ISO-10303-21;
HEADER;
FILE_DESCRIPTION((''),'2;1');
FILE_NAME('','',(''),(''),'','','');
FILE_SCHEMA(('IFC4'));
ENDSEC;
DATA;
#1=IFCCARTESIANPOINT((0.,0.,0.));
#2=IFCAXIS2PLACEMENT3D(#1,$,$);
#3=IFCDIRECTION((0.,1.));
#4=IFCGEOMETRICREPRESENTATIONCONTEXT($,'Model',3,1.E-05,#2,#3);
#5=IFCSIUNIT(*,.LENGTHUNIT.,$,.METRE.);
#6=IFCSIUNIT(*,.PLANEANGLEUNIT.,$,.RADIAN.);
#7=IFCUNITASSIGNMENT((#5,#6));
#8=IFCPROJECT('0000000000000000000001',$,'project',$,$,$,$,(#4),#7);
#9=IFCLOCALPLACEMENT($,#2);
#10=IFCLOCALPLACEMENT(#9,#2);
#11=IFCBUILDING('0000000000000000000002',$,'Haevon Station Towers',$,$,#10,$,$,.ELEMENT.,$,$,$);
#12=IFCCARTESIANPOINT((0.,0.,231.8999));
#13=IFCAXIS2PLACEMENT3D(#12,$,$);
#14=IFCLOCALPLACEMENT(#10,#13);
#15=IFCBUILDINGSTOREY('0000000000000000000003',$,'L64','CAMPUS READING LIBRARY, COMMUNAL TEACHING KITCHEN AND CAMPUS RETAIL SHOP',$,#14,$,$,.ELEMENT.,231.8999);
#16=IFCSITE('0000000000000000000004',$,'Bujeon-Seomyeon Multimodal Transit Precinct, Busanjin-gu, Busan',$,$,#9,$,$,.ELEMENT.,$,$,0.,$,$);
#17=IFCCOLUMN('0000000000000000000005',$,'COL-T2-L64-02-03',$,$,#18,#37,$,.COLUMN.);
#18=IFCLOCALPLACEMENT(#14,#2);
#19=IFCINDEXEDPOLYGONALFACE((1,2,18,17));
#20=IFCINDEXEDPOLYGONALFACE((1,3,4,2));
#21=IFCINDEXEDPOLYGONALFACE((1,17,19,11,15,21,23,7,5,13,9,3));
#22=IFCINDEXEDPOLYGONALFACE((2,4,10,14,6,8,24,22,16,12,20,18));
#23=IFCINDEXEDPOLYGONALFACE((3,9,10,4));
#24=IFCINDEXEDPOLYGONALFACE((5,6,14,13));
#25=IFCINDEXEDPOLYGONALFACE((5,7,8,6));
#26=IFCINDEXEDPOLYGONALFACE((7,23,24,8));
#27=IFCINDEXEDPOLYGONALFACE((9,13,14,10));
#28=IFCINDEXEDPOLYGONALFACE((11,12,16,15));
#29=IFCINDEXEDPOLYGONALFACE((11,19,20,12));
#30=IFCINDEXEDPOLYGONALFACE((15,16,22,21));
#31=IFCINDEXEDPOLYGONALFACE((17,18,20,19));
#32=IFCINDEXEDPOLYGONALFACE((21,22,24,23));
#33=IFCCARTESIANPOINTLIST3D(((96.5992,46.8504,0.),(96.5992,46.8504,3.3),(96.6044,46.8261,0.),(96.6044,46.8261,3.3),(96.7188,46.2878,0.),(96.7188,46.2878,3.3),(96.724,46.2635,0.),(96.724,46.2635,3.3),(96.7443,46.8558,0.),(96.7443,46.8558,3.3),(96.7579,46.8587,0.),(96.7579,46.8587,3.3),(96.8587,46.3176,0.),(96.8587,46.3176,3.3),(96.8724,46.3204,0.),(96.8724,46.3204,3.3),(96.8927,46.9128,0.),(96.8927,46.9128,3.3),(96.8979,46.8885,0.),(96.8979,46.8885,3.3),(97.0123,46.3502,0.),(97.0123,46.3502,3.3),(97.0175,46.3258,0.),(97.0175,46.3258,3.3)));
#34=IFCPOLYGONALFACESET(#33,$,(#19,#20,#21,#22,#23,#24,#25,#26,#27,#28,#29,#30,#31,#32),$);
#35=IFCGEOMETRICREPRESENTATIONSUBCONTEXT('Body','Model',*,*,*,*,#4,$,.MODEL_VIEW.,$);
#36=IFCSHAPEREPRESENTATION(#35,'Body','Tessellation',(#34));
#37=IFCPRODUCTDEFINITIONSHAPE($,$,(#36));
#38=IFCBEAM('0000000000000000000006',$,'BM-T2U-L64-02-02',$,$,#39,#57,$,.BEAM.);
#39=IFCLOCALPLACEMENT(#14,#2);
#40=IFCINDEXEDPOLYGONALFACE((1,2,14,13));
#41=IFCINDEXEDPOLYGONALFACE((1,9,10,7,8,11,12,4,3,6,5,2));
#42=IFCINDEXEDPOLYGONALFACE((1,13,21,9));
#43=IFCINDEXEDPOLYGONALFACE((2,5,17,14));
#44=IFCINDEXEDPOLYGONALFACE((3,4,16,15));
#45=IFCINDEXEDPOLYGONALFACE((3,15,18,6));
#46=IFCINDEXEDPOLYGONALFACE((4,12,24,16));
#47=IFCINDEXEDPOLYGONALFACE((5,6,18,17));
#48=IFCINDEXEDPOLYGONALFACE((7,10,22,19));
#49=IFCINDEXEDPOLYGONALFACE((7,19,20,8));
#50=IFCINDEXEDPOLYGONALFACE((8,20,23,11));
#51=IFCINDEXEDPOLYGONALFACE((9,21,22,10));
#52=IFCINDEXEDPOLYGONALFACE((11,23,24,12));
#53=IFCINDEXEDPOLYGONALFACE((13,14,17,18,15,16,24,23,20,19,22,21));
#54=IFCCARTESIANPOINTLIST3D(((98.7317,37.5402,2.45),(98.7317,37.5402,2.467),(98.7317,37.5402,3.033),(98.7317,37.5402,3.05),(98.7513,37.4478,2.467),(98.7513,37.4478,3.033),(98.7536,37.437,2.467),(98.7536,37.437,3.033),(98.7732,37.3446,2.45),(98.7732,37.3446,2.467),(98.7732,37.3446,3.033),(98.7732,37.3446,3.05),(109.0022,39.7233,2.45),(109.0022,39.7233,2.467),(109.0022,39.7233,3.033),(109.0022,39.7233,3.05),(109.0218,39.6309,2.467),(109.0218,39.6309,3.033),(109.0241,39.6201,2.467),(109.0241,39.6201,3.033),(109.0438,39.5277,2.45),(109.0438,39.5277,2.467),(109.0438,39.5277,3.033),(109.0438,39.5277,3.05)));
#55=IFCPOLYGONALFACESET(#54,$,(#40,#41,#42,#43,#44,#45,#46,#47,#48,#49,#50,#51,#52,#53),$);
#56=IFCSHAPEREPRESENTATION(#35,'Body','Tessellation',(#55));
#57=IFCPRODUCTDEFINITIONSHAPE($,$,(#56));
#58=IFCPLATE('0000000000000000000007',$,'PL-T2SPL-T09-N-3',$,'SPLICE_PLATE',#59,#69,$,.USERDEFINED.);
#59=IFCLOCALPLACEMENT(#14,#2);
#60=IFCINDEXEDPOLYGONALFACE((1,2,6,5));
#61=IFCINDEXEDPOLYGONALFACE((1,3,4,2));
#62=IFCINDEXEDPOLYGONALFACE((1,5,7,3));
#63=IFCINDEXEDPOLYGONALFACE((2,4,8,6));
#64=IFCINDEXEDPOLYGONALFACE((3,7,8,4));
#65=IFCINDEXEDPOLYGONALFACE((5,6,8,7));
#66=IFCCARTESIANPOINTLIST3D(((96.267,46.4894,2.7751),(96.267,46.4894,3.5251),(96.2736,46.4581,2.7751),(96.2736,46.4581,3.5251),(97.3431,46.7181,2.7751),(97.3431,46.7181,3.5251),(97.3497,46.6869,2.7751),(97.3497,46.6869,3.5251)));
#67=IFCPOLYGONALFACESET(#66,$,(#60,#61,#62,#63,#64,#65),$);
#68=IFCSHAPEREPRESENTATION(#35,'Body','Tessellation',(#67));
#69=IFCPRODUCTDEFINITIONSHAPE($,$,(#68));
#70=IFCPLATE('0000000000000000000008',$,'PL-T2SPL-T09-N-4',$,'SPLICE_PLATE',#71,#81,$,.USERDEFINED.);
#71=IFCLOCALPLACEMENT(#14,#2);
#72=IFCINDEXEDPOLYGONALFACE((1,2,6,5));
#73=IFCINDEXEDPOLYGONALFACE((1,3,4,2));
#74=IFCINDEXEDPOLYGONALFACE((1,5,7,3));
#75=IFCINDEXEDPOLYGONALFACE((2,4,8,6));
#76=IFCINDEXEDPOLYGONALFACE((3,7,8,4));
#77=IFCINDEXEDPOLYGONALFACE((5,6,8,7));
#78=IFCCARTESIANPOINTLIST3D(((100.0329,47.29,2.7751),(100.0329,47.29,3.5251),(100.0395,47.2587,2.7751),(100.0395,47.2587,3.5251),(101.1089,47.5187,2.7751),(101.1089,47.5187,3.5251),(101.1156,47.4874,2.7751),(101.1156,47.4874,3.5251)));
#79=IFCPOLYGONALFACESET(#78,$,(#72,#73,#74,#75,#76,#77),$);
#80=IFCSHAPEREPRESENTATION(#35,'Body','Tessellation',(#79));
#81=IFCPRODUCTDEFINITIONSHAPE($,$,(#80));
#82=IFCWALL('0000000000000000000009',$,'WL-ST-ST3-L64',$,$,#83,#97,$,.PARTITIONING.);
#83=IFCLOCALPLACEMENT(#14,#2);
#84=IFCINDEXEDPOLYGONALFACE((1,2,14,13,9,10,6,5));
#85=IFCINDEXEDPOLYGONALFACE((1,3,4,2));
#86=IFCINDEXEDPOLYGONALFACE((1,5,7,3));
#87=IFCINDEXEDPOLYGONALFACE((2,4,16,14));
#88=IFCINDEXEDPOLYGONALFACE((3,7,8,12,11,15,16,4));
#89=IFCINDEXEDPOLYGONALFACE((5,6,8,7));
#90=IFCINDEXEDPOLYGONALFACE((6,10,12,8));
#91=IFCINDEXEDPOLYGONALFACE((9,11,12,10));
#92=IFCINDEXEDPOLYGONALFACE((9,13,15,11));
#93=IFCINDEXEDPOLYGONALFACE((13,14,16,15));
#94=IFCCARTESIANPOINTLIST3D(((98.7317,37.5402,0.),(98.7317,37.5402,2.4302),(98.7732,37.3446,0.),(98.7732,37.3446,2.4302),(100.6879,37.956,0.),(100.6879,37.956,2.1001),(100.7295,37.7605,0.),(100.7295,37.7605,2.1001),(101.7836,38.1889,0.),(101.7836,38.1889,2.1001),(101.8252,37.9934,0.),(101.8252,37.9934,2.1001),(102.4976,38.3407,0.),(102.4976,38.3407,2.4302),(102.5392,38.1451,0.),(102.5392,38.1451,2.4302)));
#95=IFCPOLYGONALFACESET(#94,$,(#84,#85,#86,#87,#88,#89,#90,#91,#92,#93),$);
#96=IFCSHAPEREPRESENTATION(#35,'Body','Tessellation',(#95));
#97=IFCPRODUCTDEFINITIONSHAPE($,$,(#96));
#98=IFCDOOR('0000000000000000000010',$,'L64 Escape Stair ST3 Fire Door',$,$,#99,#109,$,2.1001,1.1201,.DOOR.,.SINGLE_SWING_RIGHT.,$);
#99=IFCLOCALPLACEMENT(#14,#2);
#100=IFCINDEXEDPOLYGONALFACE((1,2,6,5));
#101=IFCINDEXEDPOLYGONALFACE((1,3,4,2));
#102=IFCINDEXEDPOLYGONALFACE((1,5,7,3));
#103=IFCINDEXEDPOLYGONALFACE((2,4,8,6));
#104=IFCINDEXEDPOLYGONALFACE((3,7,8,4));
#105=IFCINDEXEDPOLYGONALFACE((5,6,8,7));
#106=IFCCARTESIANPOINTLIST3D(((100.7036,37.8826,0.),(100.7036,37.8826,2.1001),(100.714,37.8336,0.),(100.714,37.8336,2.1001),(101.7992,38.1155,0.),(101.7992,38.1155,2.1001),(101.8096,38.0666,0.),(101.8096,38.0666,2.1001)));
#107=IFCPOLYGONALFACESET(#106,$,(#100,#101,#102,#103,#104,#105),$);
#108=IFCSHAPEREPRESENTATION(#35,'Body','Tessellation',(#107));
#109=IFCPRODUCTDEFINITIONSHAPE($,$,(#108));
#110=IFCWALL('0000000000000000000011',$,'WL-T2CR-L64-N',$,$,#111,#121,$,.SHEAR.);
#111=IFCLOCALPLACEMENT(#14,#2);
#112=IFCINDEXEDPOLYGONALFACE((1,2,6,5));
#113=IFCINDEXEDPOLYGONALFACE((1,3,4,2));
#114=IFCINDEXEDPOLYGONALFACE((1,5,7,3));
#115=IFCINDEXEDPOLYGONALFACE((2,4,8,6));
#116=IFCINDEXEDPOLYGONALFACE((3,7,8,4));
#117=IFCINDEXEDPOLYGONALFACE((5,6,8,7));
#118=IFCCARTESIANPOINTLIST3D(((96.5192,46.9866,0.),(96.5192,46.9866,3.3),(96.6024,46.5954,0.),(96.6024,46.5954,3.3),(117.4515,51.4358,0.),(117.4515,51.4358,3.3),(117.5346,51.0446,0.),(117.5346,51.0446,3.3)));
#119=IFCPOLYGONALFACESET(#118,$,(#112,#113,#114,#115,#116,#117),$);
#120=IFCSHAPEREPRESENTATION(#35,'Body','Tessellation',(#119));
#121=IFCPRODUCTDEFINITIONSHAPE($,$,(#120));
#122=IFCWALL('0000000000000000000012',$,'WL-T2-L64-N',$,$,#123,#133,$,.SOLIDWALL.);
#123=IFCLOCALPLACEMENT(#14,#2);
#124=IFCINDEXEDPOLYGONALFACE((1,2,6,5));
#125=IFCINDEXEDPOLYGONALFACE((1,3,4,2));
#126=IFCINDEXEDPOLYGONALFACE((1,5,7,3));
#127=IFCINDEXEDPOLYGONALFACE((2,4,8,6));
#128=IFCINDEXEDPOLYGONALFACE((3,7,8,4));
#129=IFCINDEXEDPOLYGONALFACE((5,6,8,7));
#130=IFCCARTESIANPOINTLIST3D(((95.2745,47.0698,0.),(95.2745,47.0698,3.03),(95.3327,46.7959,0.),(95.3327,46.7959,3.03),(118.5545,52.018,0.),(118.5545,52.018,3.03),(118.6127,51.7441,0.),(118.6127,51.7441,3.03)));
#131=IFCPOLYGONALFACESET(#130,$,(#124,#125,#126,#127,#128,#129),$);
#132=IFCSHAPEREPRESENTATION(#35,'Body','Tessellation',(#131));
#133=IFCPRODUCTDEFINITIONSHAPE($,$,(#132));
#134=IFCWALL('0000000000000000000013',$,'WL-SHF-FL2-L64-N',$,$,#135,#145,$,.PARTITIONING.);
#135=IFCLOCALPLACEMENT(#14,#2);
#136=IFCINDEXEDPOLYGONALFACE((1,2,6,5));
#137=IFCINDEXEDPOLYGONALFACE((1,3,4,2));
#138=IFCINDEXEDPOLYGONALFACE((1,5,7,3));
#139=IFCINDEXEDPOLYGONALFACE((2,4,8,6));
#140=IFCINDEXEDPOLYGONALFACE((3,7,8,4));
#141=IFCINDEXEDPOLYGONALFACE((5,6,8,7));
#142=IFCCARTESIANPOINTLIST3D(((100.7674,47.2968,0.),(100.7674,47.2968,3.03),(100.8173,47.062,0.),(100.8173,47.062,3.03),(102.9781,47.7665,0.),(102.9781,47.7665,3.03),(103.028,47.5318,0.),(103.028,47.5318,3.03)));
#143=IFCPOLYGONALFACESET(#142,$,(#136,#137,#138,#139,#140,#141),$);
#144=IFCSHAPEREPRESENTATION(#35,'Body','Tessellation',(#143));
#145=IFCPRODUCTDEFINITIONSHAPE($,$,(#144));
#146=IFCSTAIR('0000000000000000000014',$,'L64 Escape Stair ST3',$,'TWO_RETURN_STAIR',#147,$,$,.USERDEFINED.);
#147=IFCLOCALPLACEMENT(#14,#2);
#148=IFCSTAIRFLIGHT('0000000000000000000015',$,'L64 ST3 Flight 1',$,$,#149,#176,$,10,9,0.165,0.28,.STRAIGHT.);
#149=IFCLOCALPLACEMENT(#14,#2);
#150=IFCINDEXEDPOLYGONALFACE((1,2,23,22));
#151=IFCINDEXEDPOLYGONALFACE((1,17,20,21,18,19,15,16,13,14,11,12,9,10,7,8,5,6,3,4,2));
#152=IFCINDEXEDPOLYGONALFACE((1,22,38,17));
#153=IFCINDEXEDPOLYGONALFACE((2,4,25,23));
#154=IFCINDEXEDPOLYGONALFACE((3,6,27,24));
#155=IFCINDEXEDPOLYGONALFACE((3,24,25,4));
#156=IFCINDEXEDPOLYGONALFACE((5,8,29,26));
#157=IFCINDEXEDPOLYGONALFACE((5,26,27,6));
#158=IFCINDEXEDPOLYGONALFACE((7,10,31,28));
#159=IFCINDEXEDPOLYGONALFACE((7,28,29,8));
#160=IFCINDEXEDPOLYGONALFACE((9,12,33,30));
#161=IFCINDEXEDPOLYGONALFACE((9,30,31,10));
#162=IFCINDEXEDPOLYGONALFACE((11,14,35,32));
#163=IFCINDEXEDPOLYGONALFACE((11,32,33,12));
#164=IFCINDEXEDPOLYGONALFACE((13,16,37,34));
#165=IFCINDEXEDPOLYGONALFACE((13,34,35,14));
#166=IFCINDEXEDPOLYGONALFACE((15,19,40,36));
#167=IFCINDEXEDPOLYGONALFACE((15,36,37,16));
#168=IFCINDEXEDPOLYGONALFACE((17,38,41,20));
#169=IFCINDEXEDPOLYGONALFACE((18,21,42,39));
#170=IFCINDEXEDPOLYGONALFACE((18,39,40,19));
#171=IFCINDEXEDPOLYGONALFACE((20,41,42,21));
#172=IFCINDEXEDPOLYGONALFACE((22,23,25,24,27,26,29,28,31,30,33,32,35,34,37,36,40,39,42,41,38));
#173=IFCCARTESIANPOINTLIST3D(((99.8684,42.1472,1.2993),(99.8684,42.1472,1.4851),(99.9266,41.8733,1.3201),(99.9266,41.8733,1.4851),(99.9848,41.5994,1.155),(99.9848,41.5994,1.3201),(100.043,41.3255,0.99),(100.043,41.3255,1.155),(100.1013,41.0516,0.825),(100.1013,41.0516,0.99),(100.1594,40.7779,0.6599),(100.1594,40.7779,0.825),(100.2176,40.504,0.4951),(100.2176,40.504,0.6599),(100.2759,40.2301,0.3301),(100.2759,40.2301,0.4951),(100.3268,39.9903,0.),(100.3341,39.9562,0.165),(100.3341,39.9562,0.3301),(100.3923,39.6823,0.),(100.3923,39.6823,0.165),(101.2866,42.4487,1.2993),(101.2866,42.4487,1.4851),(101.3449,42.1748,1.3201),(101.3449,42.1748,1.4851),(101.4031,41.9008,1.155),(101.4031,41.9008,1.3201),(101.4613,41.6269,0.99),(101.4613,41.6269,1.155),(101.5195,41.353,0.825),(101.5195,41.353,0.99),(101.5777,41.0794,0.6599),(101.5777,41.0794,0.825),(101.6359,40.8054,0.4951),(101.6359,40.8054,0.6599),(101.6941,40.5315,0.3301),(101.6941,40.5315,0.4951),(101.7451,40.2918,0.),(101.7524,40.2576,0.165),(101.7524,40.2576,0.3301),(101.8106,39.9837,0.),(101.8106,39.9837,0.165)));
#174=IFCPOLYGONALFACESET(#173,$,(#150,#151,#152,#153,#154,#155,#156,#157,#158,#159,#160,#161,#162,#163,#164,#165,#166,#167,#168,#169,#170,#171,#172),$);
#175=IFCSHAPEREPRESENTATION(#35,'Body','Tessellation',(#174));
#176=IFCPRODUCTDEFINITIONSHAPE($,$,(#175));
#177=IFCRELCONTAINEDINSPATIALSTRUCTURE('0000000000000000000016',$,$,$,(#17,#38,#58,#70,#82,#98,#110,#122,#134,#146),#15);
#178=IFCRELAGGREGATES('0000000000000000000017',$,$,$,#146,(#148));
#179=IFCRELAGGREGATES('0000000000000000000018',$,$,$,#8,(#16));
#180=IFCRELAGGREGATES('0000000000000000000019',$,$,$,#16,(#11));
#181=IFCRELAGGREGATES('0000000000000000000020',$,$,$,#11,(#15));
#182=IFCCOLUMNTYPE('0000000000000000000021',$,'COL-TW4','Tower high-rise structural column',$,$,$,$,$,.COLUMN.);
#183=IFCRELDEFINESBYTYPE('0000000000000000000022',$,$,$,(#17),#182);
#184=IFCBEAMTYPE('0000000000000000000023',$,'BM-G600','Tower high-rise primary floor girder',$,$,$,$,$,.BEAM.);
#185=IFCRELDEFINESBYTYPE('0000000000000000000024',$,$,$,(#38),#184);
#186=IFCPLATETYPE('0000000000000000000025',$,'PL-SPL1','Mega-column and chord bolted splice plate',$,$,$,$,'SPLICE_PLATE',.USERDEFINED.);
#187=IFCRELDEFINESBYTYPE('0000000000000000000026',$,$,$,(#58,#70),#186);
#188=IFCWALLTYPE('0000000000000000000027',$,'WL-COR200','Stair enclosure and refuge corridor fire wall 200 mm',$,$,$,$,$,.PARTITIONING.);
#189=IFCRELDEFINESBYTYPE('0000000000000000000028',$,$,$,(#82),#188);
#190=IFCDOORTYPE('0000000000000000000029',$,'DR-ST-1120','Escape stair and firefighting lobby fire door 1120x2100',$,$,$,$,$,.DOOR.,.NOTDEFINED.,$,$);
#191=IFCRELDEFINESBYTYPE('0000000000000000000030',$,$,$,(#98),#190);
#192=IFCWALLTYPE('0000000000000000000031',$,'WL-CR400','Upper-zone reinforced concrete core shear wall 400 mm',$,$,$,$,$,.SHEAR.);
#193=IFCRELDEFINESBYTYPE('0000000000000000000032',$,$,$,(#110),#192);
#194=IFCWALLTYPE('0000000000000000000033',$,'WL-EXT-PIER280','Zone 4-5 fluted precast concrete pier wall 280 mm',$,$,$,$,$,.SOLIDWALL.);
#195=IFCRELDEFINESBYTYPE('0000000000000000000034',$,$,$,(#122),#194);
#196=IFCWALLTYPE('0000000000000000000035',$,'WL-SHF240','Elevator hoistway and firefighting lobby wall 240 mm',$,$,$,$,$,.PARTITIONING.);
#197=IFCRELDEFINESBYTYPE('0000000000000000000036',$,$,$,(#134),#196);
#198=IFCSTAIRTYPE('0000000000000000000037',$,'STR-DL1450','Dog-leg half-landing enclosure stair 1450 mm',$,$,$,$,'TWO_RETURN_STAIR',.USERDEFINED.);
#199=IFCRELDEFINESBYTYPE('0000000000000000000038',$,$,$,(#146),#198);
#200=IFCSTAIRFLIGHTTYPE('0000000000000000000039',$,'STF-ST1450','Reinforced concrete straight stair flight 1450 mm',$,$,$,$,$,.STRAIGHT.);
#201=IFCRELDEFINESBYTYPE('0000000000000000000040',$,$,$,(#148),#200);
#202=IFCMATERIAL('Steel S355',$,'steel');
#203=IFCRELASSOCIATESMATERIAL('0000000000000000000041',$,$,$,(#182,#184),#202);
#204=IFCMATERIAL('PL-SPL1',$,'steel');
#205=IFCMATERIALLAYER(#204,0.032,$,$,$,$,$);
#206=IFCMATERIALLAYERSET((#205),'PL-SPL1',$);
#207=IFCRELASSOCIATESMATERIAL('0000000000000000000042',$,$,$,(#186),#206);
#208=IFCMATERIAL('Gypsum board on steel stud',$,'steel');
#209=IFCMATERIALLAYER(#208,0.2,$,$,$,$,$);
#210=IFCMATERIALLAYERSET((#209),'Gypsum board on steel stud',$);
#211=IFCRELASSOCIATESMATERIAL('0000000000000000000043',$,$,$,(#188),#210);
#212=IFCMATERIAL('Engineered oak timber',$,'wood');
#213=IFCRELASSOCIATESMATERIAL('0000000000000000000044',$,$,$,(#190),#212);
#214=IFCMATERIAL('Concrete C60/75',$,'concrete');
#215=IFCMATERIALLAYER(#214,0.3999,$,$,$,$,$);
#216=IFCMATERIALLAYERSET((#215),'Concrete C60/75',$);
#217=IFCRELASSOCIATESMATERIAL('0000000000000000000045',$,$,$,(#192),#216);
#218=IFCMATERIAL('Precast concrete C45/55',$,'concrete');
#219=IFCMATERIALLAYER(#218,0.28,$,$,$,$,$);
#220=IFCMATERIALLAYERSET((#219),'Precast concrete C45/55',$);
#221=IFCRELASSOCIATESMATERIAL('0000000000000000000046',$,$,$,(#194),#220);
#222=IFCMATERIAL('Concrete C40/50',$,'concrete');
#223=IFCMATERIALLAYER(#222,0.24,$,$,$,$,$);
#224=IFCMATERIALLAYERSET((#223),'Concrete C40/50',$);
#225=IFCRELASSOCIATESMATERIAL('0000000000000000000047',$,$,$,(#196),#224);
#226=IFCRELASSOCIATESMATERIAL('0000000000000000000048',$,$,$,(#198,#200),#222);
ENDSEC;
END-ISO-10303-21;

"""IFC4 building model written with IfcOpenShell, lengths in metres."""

from ifc_helpers import new_model, si_unit, direction, frame, frame_2d, origin, origin_2d, place, context, subcontext, project, spatial, polyline, rectangle, i_section, outline, extrude, material, layer, layer_set, material_profile, profile_set, type_object, element, fill, aggregate, save


model = new_model("IFC4")

# Units and contexts
model_context = context("Model", 3, precision=1e-05, world=origin(), true_north=direction((0.0, 1.0)))
body_context = subcontext(model_context, "Body", "Model", "MODEL_VIEW")
ifc_project = project(units=[si_unit("LENGTHUNIT", "METRE"), si_unit("PLANEANGLEUNIT", "RADIAN")], contexts=[model_context])

# Site, building, storey
site_placement = place(None, origin())
site = spatial("IfcSite", under=ifc_project, at=site_placement, Name="Bujeon-Seomyeon Multimodal Transit Precinct, Busanjin-gu, Busan", CompositionType="ELEMENT", RefElevation=0.0)
building_placement = place(site_placement, origin())
building = spatial("IfcBuilding", under=site, at=building_placement, Name="Haevon Station Towers", CompositionType="ELEMENT")
storey_placement = place(building_placement, frame((0.0, 0.0, 231.8999)))
storey = spatial("IfcBuildingStorey", under=building, at=storey_placement, Name="L64", Description="CAMPUS READING LIBRARY, COMMUNAL TEACHING KITCHEN AND CAMPUS RETAIL SHOP", CompositionType="ELEMENT", Elevation=231.8999)

# Column
ifc_material_1 = material(Name="Steel S355", Category="steel")
ifc_material_profile_1 = material_profile(ifc_material_1, i_section(OverallWidth=0.3, OverallDepth=0.6001, WebThickness=0.0139, FlangeThickness=0.0249, at=origin_2d()), Name="H-600x300x14x25")
ifc_profile_set_1 = profile_set([ifc_material_profile_1], Name="Steel S355")
column_type = type_object("IfcColumnType", Name="COL-TW4", Description="Tower high-rise structural column", PredefinedType="COLUMN", material=ifc_profile_set_1)
column_placement = place(storey_placement, frame((96.8083, 46.5881, 0.0), z_axis=(0.0, 0.0, 1.0), x_axis=(0.978148, 0.207912, 0.0)))
element("IfcColumn", 1, at=column_placement, inside=storey, type_object=column_type, Name="COL-T2-L64-02-03", PredefinedType="COLUMN", context=body_context, shape_type="SweptSolid", body=[
    extrude(i_section(OverallWidth=0.3, OverallDepth=0.6001, WebThickness=0.0139, FlangeThickness=0.0249, at=origin_2d()), origin(), (0.0, 0.0, 1.0), 3.3),
])

# Beam
ifc_material_profile_2 = material_profile(ifc_material_1, i_section(OverallWidth=0.2, OverallDepth=0.6001, WebThickness=0.011, FlangeThickness=0.0171, at=origin_2d()), Name="H-600x200x11x17")
ifc_profile_set_2 = profile_set([ifc_material_profile_2], Name="Steel S355")
beam_type = type_object("IfcBeamType", Name="BM-G600", Description="Tower high-rise primary floor girder", PredefinedType="BEAM", material=ifc_profile_set_2)
beam_placement = place(storey_placement, frame((98.7524, 37.4424, 2.75), z_axis=(0.978147, 0.207915, 0.0), x_axis=(-0.207915, 0.978147, 0.0)))
element("IfcBeam", 2, at=beam_placement, inside=storey, type_object=beam_type, Name="BM-T2U-L64-02-02", PredefinedType="BEAM", context=body_context, shape_type="SweptSolid", body=[
    extrude(i_section(OverallWidth=0.2, OverallDepth=0.6001, WebThickness=0.011, FlangeThickness=0.0171, at=origin_2d()), origin(), (0.0, 0.0, 1.0), 10.5),
])

# Plates
ifc_material_2 = material(Name="PL-SPL1", Category="steel")
ifc_layer_1 = layer(ifc_material_2, 0.032)
ifc_layer_set_1 = layer_set([ifc_layer_1], Name="PL-SPL1")
plate_type = type_object("IfcPlateType", Name="PL-SPL1", Description="Mega-column and chord bolted splice plate", ElementType="SPLICE_PLATE", PredefinedType="USERDEFINED", material=ifc_layer_set_1)
for number, where, z_axis, x_axis, name in (
    (3, (96.8083, 46.5881, 2.7751), (0.0, 0.0, 1.0), (0.978148, 0.207912, 0.0), "PL-T2SPL-T09-N-3"),
    (4, (100.5742, 47.3887, 2.7751), (0.0, 0.0, 1.0), (0.978148, 0.207912, 0.0), "PL-T2SPL-T09-N-4"),
):
    element("IfcPlate", number, at=place(storey_placement, frame(where, z_axis=z_axis, x_axis=x_axis)), inside=storey, type_object=plate_type, Name=name, ObjectType="SPLICE_PLATE", PredefinedType="USERDEFINED", context=body_context, shape_type="SweptSolid", body=[
        extrude(rectangle(XDim=1.1001, YDim=0.032, at=origin_2d()), origin(), (0.0, 0.0, 1.0), 0.75),
    ])

# Wall, opening, door
ifc_material_3 = material(Name="Gypsum board on steel stud", Category="steel")
ifc_layer_2 = layer(ifc_material_3, 0.2)
ifc_layer_set_2 = layer_set([ifc_layer_2], Name="Gypsum board on steel stud")
wall_type_1 = type_object("IfcWallType", Name="WL-COR200", Description="Stair enclosure and refuge corridor fire wall 200 mm", PredefinedType="PARTITIONING", material=ifc_layer_set_2)
wall_1_placement = place(storey_placement, frame((98.7524, 37.4424, 0.0), z_axis=(0.0, 0.0, 1.0), x_axis=(0.978144, 0.207931, 0.0)))
wall_1 = element("IfcWall", 5, at=wall_1_placement, inside=storey, type_object=wall_type_1, Name="WL-ST-ST3-L64", PredefinedType="PARTITIONING", context=body_context, shape_type="SweptSolid", body=[
    extrude(rectangle(XDim=3.8501, YDim=0.2, at=frame_2d((1.925, 0.0))), origin(), (0.0, 0.0, 1.0), 2.4302),
])
opening_1_placement = place(wall_1_placement, frame((2.0, 0.0, 0.0)))
opening_1 = element("IfcOpeningElement", 6, at=opening_1_placement, cuts=wall_1, PredefinedType="OPENING", context=body_context, shape_type="SweptSolid", body=[
    extrude(rectangle(XDim=1.1201, YDim=2.1001, at=frame_2d((0.5601, 1.05))), frame((0.0, 0.1099, 0.0), z_axis=(0.0, -1.0, 0.0), x_axis=(1.0, 0.0, 0.0)), (0.0, 0.0, 1.0), 0.22),
])
ifc_material_4 = material(Name="Engineered oak timber", Category="wood")
door_type_1 = type_object("IfcDoorType", Name="DR-ST-1120", Description="Escape stair and firefighting lobby fire door 1120x2100", OperationType="NOTDEFINED", PredefinedType="DOOR", material=ifc_material_4)
door_1_placement = place(opening_1_placement, origin())
door_1 = element("IfcDoor", 7, at=door_1_placement, inside=storey, type_object=door_type_1, Name="L64 Escape Stair ST3 Fire Door", OperationType="SINGLE_SWING_RIGHT", OverallHeight=2.1001, OverallWidth=1.1201, PredefinedType="DOOR", context=body_context, shape_type="SweptSolid", body=[
    extrude(rectangle(XDim=1.1201, YDim=2.1001, at=frame_2d((0.5601, 1.05))), frame((0.0, 0.0249, 0.0), z_axis=(0.0, -1.0, 0.0), x_axis=(1.0, 0.0, 0.0)), (0.0, 0.0, 1.0), 0.05),
])
fill(opening_1, door_1)

# Walls
ifc_material_5 = material(Name="Concrete C60/75", Category="concrete")
ifc_layer_3 = layer(ifc_material_5, 0.3999)
ifc_layer_set_3 = layer_set([ifc_layer_3], Name="Concrete C60/75")
wall_type_2 = type_object("IfcWallType", Name="WL-CR400", Description="Upper-zone reinforced concrete core shear wall 400 mm", PredefinedType="SHEAR", material=ifc_layer_set_3)
wall_2_placement = place(storey_placement, frame((96.5608, 46.791, 0.0), z_axis=(0.0, 0.0, 1.0), x_axis=(0.978148, 0.207907, 0.0)))
element("IfcWall", 8, at=wall_2_placement, inside=storey, type_object=wall_type_2, Name="WL-T2CR-L64-N", PredefinedType="SHEAR", context=body_context, shape_type="SweptSolid", body=[
    extrude(rectangle(XDim=21.3999, YDim=0.3999, at=frame_2d((10.7, 0.0))), origin(), (0.0, 0.0, 1.0), 3.3),
])
ifc_material_6 = material(Name="Precast concrete C45/55", Category="concrete")
ifc_layer_4 = layer(ifc_material_6, 0.28)
ifc_layer_set_4 = layer_set([ifc_layer_4], Name="Precast concrete C45/55")
wall_type_3 = type_object("IfcWallType", Name="WL-EXT-PIER280", Description="Zone 4-5 fluted precast concrete pier wall 280 mm", PredefinedType="SOLIDWALL", material=ifc_layer_set_4)
wall_3_placement = place(storey_placement, frame((95.3037, 46.9329, 0.0), z_axis=(0.0, 0.0, 1.0), x_axis=(0.978148, 0.207908, 0.0)))
element("IfcWall", 9, at=wall_3_placement, inside=storey, type_object=wall_type_3, Name="WL-T2-L64-N", PredefinedType="SOLIDWALL", context=body_context, shape_type="SweptSolid", body=[
    extrude(rectangle(XDim=23.8, YDim=0.28, at=frame_2d((11.8999, 0.0))), origin(), (0.0, 0.0, 1.0), 3.03),
])

# Shared definitions
ifc_material_7 = material(Name="Concrete C40/50", Category="concrete")
ifc_layer_5 = layer(ifc_material_7, 0.24)
ifc_layer_set_5 = layer_set([ifc_layer_5], Name="Concrete C40/50")
wall_type_4 = type_object("IfcWallType", Name="WL-SHF240", Description="Elevator hoistway and firefighting lobby wall 240 mm", PredefinedType="PARTITIONING", material=ifc_layer_set_5)

# Wall
wall_4_placement = place(storey_placement, frame((100.7925, 47.1794, 0.0), z_axis=(0.0, 0.0, 1.0), x_axis=(0.978163, 0.207839, 0.0)))
element("IfcWall", 10, at=wall_4_placement, inside=storey, type_object=wall_type_4, Name="WL-SHF-FL2-L64-N", PredefinedType="PARTITIONING", context=body_context, shape_type="SweptSolid", body=[
    extrude(rectangle(XDim=2.26, YDim=0.24, at=frame_2d((1.1299, 0.0))), origin(), (0.0, 0.0, 1.0), 3.03),
])

# Stair, stair flight
stair_type = type_object("IfcStairType", Name="STR-DL1450", Description="Dog-leg half-landing enclosure stair 1450 mm", ElementType="TWO_RETURN_STAIR", PredefinedType="USERDEFINED", material=ifc_material_7)
stair_placement = place(storey_placement, origin())
stair = element("IfcStair", 11, at=stair_placement, inside=storey, type_object=stair_type, Name="L64 Escape Stair ST3", ObjectType="TWO_RETURN_STAIR", PredefinedType="USERDEFINED")
stair_flight_type = type_object("IfcStairFlightType", Name="STF-ST1450", Description="Reinforced concrete straight stair flight 1450 mm", PredefinedType="STRAIGHT", material=ifc_material_7)
stair_flight_1_placement = place(storey_placement, frame((101.1016, 39.833, 0.0), z_axis=(0.0, 0.0, 1.0), x_axis=(-0.207912, 0.978148, 0.0)))
stair_flight_1 = element("IfcStairFlight", 12, at=stair_flight_1_placement, type_object=stair_flight_type, Name="L64 ST3 Flight 1", NumberOfRisers=10, NumberOfTreads=9, PredefinedType="STRAIGHT", RiserHeight=0.165, TreadLength=0.28, context=body_context, shape_type="SweptSolid", body=[
    extrude(outline(polyline([(0.0, 0.0), (0.0, 0.165), (0.28, 0.165), (0.28, 0.3301), (0.5601, 0.3301), (0.5601, 0.4951), (0.8401, 0.4951), (0.8401, 0.6599), (1.1201, 0.6599), (1.1201, 0.825), (1.3999, 0.825), (1.3999, 0.99), (1.6799, 0.99), (1.6799, 1.155), (1.96, 1.155), (1.96, 1.3201), (2.24, 1.3201), (2.24, 1.4851), (2.52, 1.4851), (2.52, 1.6499), (2.52, 1.2993), (0.3149, 0.0), (0.0, 0.0)])), frame((0.0, 0.7251, 0.0), z_axis=(0.0, -1.0, 0.0), x_axis=(1.0, 0.0, 0.0)), (0.0, 0.0, 1.0), 1.45),
])
aggregate(stair, [stair_flight_1])

save(model, "model.ifc")
